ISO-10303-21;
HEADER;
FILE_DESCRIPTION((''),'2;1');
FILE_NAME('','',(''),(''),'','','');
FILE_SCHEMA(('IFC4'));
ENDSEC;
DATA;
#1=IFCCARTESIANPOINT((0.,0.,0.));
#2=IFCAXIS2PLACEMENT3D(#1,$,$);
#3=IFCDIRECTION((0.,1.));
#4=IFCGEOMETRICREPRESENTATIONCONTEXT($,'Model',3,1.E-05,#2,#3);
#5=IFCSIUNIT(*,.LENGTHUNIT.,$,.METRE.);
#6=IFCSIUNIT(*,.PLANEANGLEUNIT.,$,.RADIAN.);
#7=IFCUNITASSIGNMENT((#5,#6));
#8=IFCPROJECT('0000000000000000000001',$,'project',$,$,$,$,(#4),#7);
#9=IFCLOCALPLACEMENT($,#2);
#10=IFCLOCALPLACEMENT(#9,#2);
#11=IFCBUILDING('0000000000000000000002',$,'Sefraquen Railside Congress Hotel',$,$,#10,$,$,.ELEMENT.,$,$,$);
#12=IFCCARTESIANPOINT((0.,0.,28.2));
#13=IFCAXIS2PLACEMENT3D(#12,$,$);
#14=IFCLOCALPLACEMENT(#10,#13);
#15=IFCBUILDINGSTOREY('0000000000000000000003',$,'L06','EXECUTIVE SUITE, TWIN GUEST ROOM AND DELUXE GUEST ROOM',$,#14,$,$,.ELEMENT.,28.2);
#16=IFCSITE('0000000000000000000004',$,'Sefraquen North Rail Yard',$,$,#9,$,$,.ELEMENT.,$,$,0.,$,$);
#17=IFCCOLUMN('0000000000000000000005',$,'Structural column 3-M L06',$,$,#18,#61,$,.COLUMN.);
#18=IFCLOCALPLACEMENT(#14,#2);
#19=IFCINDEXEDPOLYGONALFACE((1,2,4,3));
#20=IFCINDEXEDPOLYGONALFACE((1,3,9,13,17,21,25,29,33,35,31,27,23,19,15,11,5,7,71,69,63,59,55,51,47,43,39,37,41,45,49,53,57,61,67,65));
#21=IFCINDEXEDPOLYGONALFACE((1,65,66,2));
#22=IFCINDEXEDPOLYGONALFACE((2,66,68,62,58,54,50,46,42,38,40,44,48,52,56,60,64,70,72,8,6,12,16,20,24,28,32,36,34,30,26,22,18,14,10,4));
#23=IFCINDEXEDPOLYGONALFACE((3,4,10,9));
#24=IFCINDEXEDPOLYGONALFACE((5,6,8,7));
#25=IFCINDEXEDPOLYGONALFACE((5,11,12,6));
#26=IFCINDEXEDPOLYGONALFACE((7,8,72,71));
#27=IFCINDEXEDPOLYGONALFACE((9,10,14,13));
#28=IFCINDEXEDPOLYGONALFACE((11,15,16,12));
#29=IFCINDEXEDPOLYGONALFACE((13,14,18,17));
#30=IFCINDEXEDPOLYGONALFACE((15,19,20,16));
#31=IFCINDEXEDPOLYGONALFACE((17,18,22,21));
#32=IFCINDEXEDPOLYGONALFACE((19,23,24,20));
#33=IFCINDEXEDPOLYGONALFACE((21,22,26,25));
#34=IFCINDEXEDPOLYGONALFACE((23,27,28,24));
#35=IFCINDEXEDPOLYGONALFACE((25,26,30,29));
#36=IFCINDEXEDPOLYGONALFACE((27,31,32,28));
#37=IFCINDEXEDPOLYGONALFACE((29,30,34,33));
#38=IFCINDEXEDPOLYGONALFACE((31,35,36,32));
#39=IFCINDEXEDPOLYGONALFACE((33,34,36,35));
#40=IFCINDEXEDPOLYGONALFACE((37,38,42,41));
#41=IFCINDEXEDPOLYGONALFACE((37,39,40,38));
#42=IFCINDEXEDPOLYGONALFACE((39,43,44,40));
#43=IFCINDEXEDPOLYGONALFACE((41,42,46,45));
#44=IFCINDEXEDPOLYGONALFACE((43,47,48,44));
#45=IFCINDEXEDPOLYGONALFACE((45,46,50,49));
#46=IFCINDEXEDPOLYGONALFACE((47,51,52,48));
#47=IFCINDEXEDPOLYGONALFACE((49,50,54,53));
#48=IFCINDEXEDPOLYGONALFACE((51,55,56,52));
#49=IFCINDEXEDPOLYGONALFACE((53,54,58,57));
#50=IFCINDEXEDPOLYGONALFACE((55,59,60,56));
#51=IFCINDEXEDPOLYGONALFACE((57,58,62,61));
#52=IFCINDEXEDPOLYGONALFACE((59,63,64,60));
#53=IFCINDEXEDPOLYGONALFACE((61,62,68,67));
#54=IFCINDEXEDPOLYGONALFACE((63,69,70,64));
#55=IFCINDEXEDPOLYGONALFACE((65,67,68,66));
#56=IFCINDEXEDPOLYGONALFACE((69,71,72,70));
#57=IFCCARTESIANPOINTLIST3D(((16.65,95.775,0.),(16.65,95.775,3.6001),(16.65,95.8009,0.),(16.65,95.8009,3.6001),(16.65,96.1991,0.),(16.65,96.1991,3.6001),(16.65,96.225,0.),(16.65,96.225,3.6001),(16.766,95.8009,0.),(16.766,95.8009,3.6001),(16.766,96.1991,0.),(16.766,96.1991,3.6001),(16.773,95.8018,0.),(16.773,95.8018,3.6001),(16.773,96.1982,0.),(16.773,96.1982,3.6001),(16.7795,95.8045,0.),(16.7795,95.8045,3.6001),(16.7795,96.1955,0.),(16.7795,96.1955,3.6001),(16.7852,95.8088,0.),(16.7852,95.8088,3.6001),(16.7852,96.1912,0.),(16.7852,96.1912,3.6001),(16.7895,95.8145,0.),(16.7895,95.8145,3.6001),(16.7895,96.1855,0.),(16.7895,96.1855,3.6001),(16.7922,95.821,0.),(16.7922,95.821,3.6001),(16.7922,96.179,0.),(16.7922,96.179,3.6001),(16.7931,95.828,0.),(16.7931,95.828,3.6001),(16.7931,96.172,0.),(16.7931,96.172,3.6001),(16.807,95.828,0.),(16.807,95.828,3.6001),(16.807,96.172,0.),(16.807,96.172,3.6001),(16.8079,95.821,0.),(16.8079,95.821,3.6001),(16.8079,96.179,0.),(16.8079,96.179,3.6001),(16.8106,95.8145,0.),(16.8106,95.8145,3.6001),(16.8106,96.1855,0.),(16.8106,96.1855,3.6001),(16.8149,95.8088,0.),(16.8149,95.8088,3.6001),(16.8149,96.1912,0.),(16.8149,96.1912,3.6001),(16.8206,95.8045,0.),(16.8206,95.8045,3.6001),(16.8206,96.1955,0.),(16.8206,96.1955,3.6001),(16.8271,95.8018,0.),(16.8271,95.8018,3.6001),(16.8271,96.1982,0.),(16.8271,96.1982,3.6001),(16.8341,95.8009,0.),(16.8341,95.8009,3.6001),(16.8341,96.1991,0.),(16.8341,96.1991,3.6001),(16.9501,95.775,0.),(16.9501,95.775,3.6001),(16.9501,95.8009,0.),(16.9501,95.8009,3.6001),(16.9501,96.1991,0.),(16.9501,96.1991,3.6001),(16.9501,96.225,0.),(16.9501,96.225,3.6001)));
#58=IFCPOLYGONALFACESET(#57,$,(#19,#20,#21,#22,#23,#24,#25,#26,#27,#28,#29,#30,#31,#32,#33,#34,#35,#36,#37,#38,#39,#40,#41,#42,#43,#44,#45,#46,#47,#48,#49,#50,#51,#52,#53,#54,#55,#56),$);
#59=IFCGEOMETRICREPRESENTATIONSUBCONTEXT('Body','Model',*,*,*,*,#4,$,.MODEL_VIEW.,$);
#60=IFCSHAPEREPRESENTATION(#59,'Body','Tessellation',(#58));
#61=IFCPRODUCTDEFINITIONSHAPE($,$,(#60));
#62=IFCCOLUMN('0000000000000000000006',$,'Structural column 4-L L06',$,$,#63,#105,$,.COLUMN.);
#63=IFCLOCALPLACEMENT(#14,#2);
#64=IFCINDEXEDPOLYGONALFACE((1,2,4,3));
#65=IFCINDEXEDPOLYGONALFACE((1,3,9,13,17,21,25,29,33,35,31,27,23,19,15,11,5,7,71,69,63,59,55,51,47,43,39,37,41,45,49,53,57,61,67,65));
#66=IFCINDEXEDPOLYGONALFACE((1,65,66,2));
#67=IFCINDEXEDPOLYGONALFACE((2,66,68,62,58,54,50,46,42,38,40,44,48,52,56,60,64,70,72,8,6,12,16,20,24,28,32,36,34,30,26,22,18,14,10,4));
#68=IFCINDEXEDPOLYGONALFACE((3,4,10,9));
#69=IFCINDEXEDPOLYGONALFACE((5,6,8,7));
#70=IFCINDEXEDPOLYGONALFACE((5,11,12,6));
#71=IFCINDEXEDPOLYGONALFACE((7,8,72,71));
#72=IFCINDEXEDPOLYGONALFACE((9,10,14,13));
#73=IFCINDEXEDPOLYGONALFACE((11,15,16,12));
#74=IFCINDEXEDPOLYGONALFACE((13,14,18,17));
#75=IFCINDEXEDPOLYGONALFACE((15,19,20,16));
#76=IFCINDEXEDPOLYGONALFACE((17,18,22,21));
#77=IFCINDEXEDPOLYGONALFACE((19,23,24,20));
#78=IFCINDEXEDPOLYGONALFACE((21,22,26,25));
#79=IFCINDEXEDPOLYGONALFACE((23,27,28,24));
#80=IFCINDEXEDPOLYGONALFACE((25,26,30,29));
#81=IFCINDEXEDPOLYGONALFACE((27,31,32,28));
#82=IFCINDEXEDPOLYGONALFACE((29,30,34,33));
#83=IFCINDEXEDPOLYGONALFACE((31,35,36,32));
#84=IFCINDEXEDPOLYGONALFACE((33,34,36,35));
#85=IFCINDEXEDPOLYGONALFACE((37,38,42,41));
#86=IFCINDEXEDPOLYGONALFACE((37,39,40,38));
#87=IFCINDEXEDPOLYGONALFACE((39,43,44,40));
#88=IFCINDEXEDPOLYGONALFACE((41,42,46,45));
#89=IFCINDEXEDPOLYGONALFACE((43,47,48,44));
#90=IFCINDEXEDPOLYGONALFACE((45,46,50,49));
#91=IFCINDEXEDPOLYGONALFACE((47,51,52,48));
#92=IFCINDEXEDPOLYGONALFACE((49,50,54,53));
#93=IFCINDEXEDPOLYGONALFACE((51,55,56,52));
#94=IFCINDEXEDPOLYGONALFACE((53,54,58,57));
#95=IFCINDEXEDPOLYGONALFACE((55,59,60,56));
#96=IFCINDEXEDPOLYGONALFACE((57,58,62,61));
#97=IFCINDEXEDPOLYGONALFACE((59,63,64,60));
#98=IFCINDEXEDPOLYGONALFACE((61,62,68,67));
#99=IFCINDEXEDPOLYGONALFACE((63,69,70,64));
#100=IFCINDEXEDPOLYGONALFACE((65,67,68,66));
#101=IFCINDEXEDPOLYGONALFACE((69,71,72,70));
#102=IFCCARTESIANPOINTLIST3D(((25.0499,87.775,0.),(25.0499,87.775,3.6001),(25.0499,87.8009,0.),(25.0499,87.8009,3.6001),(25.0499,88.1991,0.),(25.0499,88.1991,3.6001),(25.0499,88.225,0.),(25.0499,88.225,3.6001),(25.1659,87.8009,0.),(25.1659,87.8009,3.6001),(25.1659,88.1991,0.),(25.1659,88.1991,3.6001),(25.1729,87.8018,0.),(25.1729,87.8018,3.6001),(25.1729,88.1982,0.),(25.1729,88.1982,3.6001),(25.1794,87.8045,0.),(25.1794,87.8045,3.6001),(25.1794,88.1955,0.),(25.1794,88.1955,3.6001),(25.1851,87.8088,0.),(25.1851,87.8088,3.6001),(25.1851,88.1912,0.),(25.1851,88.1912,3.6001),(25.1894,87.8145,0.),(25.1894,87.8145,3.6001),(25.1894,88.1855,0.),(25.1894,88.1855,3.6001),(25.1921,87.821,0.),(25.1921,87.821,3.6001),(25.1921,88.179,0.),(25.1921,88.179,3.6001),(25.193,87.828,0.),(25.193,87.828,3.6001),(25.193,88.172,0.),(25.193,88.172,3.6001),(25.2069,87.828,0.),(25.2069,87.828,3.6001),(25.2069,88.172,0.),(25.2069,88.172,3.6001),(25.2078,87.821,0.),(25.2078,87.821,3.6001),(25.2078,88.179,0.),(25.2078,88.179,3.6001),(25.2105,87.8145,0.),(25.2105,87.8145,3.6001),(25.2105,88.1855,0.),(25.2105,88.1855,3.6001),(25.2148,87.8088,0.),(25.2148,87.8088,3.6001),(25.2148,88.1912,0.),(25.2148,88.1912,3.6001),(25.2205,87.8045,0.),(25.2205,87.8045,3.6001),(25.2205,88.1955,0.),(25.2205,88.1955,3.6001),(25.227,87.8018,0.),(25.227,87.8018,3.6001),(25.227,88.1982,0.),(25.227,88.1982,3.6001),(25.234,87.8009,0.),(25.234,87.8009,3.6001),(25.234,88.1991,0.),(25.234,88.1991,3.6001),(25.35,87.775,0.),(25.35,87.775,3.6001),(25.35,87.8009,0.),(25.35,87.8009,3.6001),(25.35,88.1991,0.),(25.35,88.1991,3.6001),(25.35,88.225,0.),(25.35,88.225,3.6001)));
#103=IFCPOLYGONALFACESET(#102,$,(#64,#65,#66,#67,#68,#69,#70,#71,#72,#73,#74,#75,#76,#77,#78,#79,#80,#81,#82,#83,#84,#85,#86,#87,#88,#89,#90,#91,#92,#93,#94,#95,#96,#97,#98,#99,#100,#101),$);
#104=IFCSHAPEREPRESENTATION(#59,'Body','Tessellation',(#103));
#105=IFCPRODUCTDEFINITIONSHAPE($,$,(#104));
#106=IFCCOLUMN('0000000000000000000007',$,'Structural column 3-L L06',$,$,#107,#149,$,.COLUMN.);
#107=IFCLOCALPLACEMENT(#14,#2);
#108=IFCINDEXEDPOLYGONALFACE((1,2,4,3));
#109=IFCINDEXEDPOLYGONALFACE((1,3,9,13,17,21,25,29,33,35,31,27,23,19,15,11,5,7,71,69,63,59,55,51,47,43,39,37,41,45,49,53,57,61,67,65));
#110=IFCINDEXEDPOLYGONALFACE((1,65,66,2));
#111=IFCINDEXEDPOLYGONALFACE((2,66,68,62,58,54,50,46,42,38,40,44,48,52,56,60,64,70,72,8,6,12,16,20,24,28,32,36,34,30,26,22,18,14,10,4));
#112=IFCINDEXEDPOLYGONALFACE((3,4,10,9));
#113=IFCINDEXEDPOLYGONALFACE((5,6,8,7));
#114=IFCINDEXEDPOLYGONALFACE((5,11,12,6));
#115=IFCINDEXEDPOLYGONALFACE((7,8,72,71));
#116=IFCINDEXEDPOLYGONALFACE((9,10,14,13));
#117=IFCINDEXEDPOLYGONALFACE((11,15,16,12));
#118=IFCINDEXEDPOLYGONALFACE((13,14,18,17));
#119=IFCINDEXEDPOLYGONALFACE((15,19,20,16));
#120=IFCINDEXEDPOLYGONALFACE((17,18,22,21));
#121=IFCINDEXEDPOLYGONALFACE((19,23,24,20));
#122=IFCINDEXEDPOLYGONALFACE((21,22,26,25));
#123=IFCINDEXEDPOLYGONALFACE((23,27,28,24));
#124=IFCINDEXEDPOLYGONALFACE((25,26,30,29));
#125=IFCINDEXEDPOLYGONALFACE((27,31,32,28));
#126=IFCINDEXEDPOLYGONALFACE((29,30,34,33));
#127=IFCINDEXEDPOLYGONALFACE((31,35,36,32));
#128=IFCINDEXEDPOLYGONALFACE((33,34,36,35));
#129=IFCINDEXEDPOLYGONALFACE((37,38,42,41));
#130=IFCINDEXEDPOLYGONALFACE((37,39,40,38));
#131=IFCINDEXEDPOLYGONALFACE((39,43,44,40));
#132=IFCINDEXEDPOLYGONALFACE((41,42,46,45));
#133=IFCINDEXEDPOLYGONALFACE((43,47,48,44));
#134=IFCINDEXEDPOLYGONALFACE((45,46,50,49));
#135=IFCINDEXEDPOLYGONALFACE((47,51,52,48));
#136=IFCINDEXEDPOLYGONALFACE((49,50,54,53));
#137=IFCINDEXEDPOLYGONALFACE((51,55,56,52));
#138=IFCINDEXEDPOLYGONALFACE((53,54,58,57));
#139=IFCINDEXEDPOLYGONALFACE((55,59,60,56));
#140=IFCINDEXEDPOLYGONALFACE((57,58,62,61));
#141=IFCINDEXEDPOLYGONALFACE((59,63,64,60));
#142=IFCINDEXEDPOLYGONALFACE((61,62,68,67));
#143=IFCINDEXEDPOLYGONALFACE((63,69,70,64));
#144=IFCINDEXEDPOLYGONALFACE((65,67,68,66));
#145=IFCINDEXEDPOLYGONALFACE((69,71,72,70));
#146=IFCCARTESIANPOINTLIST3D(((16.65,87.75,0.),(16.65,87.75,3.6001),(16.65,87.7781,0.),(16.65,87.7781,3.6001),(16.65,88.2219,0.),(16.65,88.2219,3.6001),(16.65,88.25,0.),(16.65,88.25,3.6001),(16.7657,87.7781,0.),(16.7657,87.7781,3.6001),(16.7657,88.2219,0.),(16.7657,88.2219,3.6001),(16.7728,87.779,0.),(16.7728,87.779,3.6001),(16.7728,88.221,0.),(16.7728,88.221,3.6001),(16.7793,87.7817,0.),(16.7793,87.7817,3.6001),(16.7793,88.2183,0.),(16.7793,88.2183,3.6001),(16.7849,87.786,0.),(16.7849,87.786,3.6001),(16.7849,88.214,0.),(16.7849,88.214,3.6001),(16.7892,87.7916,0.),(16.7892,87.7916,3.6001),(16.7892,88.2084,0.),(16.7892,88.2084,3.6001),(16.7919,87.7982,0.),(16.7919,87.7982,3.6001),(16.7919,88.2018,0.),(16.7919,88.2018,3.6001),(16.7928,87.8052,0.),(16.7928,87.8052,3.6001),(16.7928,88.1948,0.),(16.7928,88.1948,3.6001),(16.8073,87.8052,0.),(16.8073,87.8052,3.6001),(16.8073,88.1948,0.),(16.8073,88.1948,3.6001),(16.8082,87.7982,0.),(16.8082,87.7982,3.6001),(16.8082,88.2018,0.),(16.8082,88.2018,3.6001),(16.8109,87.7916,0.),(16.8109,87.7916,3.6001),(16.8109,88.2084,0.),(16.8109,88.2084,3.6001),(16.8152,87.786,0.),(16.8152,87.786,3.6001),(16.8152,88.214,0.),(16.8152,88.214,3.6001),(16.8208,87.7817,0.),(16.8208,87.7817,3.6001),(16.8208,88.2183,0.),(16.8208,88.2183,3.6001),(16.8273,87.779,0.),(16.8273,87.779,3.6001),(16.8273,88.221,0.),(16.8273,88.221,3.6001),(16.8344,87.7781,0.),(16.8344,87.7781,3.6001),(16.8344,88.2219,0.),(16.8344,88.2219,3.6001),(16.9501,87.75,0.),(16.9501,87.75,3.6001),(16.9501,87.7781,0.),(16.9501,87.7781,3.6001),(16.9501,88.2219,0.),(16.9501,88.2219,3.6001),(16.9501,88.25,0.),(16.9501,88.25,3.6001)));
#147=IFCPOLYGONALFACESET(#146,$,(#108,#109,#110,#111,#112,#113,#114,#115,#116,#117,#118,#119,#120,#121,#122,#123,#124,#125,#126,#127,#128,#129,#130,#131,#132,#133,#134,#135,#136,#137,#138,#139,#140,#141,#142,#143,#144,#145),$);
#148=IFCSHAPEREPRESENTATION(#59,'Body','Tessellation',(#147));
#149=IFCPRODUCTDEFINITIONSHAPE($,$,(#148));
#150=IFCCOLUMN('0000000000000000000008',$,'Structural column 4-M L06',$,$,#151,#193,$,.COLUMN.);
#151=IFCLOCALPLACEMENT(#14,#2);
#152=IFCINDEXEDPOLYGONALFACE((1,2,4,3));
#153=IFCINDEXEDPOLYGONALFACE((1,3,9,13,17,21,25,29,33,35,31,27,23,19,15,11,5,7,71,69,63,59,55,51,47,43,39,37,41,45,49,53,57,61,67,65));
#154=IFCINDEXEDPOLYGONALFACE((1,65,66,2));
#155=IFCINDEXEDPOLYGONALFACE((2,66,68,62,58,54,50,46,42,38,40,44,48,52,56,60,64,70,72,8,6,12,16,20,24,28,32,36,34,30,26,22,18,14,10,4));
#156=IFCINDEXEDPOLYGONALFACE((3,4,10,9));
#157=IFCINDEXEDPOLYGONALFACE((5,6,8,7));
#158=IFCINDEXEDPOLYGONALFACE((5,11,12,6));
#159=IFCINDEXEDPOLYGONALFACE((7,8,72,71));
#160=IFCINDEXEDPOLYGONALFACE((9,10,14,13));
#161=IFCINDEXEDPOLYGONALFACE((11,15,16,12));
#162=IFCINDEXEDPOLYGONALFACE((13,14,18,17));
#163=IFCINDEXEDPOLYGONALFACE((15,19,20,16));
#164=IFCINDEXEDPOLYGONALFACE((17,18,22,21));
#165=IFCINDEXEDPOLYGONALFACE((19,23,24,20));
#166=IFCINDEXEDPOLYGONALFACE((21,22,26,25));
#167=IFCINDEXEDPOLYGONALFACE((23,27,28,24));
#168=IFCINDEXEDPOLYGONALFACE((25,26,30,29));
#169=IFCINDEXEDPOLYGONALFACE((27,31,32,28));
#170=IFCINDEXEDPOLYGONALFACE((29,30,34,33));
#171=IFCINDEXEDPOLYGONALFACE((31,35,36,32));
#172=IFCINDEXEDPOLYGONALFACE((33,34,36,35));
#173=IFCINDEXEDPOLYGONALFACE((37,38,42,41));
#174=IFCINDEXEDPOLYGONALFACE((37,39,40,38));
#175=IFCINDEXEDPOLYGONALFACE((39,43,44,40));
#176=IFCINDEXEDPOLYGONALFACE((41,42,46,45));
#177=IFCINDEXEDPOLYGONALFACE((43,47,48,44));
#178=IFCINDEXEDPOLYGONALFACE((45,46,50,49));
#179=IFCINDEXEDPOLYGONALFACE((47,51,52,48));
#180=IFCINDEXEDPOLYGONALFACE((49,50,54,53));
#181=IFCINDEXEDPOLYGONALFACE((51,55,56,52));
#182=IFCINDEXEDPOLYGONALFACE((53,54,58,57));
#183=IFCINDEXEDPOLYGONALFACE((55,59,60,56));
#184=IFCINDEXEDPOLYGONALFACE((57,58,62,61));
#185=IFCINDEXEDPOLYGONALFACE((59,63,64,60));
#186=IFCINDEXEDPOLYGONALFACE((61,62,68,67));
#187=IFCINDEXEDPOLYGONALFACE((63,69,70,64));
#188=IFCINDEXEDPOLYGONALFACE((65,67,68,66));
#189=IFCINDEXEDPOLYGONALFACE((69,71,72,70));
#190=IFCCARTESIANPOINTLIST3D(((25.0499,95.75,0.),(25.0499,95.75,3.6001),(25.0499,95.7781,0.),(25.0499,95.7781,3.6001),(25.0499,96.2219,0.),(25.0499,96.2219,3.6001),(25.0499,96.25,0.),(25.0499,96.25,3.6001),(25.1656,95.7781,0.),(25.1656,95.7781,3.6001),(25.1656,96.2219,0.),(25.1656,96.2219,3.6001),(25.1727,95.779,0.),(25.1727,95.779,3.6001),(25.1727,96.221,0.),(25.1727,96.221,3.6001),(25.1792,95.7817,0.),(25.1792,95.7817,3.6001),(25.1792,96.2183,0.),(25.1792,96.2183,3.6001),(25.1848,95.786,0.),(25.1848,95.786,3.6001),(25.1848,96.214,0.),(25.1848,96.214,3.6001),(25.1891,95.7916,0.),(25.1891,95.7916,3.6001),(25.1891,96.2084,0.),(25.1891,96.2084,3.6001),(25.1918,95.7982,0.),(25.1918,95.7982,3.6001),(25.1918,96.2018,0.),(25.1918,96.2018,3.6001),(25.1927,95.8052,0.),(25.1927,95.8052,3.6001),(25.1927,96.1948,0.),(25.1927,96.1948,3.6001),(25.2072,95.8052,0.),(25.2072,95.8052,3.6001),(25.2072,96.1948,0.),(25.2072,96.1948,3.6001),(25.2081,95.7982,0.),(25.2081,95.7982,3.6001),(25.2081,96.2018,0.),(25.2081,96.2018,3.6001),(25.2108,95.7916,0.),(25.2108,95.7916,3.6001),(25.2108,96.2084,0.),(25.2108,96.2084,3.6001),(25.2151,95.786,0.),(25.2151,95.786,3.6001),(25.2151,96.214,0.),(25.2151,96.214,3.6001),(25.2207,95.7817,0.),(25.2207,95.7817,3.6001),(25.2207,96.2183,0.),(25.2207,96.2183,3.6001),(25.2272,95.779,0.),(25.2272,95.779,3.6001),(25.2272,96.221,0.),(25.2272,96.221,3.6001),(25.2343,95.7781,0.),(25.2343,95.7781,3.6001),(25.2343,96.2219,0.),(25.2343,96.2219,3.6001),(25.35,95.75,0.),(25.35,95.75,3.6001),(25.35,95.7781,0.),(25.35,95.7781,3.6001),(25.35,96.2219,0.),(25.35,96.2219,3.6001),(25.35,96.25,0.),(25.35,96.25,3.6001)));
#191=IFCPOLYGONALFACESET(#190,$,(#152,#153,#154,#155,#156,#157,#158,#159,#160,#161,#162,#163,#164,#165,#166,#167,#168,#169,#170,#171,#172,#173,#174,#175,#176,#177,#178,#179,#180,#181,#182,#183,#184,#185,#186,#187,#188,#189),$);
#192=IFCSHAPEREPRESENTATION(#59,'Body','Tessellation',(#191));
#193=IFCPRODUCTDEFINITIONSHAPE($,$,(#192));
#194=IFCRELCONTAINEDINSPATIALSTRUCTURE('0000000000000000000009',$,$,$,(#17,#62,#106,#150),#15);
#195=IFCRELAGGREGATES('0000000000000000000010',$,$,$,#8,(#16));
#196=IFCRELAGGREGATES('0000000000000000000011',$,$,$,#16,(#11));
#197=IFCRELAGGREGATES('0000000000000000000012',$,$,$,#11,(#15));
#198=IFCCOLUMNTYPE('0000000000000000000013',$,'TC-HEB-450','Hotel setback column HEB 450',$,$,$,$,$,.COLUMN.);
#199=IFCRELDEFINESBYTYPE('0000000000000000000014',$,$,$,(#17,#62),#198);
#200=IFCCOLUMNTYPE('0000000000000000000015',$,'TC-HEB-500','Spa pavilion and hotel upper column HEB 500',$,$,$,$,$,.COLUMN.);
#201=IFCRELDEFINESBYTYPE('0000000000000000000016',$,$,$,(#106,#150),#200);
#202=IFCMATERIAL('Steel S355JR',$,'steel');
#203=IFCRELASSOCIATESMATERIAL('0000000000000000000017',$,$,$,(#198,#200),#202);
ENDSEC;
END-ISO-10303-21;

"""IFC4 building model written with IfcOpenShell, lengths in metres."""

from ifc_helpers import new_model, si_unit, direction, frame, origin, origin_2d, place, context, subcontext, project, spatial, i_section, extrude, material, material_profile, profile_set, type_object, element, save


model = new_model("IFC4")

# Units and contexts
model_context = context("Model", 3, precision=1e-05, world=origin(), true_north=direction((0.0, 1.0)))
body_context = subcontext(model_context, "Body", "Model", "MODEL_VIEW")
ifc_project = project(units=[si_unit("LENGTHUNIT", "METRE"), si_unit("PLANEANGLEUNIT", "RADIAN")], contexts=[model_context])

# Site, building, storey
site_placement = place(None, origin())
site = spatial("IfcSite", under=ifc_project, at=site_placement, Name="Sefraquen North Rail Yard", CompositionType="ELEMENT", RefElevation=0.0)
building_placement = place(site_placement, origin())
building = spatial("IfcBuilding", under=site, at=building_placement, Name="Sefraquen Railside Congress Hotel", CompositionType="ELEMENT")
storey_placement = place(building_placement, frame((0.0, 0.0, 28.2)))
storey = spatial("IfcBuildingStorey", under=building, at=storey_placement, Name="L06", Description="EXECUTIVE SUITE, TWIN GUEST ROOM AND DELUXE GUEST ROOM", CompositionType="ELEMENT", Elevation=28.2)

# Columns
ifc_material_1 = material(Name="Steel S355JR", Category="steel")
ifc_material_profile_1 = material_profile(ifc_material_1, i_section(OverallWidth=0.3, OverallDepth=0.45, WebThickness=0.0139, FlangeThickness=0.0259, FilletRadius=0.0271, at=origin_2d()), Name="HEB 450")
ifc_profile_set_1 = profile_set([ifc_material_profile_1], Name="Steel S355JR")
column_type_1 = type_object("IfcColumnType", Name="TC-HEB-450", Description="Hotel setback column HEB 450", PredefinedType="COLUMN", material=ifc_profile_set_1)
for number, where, z_axis, x_axis, name in (
    (1, (16.8, 96.0, 0.0), (0.0, 0.0, 1.0), (1.0, 0.0, 0.0), "Structural column 3-M L06"),
    (2, (25.2, 88.0, 0.0), (0.0, 0.0, 1.0), (1.0, 0.0, 0.0), "Structural column 4-L L06"),
):
    element("IfcColumn", number, at=place(storey_placement, frame(where, z_axis=z_axis, x_axis=x_axis)), inside=storey, type_object=column_type_1, Name=name, PredefinedType="COLUMN", context=body_context, shape_type="SweptSolid", body=[
        extrude(i_section(OverallWidth=0.3, OverallDepth=0.45, WebThickness=0.0139, FlangeThickness=0.0259, FilletRadius=0.0271, at=origin_2d()), origin(), (0.0, 0.0, 1.0), 3.6001),
    ])
ifc_material_profile_2 = material_profile(ifc_material_1, i_section(OverallWidth=0.3, OverallDepth=0.5, WebThickness=0.0144, FlangeThickness=0.0281, FilletRadius=0.0271, at=origin_2d()), Name="HEB 500")
ifc_profile_set_2 = profile_set([ifc_material_profile_2], Name="Steel S355JR")
column_type_2 = type_object("IfcColumnType", Name="TC-HEB-500", Description="Spa pavilion and hotel upper column HEB 500", PredefinedType="COLUMN", material=ifc_profile_set_2)
for number, where, z_axis, x_axis, name in (
    (3, (16.8, 88.0, 0.0), (0.0, 0.0, 1.0), (1.0, 0.0, 0.0), "Structural column 3-L L06"),
    (4, (25.2, 96.0, 0.0), (0.0, 0.0, 1.0), (1.0, 0.0, 0.0), "Structural column 4-M L06"),
):
    element("IfcColumn", number, at=place(storey_placement, frame(where, z_axis=z_axis, x_axis=x_axis)), inside=storey, type_object=column_type_2, Name=name, PredefinedType="COLUMN", context=body_context, shape_type="SweptSolid", body=[
        extrude(i_section(OverallWidth=0.3, OverallDepth=0.5, WebThickness=0.0144, FlangeThickness=0.0281, FilletRadius=0.0271, at=origin_2d()), origin(), (0.0, 0.0, 1.0), 3.6001),
    ])

save(model, "model.ifc")
